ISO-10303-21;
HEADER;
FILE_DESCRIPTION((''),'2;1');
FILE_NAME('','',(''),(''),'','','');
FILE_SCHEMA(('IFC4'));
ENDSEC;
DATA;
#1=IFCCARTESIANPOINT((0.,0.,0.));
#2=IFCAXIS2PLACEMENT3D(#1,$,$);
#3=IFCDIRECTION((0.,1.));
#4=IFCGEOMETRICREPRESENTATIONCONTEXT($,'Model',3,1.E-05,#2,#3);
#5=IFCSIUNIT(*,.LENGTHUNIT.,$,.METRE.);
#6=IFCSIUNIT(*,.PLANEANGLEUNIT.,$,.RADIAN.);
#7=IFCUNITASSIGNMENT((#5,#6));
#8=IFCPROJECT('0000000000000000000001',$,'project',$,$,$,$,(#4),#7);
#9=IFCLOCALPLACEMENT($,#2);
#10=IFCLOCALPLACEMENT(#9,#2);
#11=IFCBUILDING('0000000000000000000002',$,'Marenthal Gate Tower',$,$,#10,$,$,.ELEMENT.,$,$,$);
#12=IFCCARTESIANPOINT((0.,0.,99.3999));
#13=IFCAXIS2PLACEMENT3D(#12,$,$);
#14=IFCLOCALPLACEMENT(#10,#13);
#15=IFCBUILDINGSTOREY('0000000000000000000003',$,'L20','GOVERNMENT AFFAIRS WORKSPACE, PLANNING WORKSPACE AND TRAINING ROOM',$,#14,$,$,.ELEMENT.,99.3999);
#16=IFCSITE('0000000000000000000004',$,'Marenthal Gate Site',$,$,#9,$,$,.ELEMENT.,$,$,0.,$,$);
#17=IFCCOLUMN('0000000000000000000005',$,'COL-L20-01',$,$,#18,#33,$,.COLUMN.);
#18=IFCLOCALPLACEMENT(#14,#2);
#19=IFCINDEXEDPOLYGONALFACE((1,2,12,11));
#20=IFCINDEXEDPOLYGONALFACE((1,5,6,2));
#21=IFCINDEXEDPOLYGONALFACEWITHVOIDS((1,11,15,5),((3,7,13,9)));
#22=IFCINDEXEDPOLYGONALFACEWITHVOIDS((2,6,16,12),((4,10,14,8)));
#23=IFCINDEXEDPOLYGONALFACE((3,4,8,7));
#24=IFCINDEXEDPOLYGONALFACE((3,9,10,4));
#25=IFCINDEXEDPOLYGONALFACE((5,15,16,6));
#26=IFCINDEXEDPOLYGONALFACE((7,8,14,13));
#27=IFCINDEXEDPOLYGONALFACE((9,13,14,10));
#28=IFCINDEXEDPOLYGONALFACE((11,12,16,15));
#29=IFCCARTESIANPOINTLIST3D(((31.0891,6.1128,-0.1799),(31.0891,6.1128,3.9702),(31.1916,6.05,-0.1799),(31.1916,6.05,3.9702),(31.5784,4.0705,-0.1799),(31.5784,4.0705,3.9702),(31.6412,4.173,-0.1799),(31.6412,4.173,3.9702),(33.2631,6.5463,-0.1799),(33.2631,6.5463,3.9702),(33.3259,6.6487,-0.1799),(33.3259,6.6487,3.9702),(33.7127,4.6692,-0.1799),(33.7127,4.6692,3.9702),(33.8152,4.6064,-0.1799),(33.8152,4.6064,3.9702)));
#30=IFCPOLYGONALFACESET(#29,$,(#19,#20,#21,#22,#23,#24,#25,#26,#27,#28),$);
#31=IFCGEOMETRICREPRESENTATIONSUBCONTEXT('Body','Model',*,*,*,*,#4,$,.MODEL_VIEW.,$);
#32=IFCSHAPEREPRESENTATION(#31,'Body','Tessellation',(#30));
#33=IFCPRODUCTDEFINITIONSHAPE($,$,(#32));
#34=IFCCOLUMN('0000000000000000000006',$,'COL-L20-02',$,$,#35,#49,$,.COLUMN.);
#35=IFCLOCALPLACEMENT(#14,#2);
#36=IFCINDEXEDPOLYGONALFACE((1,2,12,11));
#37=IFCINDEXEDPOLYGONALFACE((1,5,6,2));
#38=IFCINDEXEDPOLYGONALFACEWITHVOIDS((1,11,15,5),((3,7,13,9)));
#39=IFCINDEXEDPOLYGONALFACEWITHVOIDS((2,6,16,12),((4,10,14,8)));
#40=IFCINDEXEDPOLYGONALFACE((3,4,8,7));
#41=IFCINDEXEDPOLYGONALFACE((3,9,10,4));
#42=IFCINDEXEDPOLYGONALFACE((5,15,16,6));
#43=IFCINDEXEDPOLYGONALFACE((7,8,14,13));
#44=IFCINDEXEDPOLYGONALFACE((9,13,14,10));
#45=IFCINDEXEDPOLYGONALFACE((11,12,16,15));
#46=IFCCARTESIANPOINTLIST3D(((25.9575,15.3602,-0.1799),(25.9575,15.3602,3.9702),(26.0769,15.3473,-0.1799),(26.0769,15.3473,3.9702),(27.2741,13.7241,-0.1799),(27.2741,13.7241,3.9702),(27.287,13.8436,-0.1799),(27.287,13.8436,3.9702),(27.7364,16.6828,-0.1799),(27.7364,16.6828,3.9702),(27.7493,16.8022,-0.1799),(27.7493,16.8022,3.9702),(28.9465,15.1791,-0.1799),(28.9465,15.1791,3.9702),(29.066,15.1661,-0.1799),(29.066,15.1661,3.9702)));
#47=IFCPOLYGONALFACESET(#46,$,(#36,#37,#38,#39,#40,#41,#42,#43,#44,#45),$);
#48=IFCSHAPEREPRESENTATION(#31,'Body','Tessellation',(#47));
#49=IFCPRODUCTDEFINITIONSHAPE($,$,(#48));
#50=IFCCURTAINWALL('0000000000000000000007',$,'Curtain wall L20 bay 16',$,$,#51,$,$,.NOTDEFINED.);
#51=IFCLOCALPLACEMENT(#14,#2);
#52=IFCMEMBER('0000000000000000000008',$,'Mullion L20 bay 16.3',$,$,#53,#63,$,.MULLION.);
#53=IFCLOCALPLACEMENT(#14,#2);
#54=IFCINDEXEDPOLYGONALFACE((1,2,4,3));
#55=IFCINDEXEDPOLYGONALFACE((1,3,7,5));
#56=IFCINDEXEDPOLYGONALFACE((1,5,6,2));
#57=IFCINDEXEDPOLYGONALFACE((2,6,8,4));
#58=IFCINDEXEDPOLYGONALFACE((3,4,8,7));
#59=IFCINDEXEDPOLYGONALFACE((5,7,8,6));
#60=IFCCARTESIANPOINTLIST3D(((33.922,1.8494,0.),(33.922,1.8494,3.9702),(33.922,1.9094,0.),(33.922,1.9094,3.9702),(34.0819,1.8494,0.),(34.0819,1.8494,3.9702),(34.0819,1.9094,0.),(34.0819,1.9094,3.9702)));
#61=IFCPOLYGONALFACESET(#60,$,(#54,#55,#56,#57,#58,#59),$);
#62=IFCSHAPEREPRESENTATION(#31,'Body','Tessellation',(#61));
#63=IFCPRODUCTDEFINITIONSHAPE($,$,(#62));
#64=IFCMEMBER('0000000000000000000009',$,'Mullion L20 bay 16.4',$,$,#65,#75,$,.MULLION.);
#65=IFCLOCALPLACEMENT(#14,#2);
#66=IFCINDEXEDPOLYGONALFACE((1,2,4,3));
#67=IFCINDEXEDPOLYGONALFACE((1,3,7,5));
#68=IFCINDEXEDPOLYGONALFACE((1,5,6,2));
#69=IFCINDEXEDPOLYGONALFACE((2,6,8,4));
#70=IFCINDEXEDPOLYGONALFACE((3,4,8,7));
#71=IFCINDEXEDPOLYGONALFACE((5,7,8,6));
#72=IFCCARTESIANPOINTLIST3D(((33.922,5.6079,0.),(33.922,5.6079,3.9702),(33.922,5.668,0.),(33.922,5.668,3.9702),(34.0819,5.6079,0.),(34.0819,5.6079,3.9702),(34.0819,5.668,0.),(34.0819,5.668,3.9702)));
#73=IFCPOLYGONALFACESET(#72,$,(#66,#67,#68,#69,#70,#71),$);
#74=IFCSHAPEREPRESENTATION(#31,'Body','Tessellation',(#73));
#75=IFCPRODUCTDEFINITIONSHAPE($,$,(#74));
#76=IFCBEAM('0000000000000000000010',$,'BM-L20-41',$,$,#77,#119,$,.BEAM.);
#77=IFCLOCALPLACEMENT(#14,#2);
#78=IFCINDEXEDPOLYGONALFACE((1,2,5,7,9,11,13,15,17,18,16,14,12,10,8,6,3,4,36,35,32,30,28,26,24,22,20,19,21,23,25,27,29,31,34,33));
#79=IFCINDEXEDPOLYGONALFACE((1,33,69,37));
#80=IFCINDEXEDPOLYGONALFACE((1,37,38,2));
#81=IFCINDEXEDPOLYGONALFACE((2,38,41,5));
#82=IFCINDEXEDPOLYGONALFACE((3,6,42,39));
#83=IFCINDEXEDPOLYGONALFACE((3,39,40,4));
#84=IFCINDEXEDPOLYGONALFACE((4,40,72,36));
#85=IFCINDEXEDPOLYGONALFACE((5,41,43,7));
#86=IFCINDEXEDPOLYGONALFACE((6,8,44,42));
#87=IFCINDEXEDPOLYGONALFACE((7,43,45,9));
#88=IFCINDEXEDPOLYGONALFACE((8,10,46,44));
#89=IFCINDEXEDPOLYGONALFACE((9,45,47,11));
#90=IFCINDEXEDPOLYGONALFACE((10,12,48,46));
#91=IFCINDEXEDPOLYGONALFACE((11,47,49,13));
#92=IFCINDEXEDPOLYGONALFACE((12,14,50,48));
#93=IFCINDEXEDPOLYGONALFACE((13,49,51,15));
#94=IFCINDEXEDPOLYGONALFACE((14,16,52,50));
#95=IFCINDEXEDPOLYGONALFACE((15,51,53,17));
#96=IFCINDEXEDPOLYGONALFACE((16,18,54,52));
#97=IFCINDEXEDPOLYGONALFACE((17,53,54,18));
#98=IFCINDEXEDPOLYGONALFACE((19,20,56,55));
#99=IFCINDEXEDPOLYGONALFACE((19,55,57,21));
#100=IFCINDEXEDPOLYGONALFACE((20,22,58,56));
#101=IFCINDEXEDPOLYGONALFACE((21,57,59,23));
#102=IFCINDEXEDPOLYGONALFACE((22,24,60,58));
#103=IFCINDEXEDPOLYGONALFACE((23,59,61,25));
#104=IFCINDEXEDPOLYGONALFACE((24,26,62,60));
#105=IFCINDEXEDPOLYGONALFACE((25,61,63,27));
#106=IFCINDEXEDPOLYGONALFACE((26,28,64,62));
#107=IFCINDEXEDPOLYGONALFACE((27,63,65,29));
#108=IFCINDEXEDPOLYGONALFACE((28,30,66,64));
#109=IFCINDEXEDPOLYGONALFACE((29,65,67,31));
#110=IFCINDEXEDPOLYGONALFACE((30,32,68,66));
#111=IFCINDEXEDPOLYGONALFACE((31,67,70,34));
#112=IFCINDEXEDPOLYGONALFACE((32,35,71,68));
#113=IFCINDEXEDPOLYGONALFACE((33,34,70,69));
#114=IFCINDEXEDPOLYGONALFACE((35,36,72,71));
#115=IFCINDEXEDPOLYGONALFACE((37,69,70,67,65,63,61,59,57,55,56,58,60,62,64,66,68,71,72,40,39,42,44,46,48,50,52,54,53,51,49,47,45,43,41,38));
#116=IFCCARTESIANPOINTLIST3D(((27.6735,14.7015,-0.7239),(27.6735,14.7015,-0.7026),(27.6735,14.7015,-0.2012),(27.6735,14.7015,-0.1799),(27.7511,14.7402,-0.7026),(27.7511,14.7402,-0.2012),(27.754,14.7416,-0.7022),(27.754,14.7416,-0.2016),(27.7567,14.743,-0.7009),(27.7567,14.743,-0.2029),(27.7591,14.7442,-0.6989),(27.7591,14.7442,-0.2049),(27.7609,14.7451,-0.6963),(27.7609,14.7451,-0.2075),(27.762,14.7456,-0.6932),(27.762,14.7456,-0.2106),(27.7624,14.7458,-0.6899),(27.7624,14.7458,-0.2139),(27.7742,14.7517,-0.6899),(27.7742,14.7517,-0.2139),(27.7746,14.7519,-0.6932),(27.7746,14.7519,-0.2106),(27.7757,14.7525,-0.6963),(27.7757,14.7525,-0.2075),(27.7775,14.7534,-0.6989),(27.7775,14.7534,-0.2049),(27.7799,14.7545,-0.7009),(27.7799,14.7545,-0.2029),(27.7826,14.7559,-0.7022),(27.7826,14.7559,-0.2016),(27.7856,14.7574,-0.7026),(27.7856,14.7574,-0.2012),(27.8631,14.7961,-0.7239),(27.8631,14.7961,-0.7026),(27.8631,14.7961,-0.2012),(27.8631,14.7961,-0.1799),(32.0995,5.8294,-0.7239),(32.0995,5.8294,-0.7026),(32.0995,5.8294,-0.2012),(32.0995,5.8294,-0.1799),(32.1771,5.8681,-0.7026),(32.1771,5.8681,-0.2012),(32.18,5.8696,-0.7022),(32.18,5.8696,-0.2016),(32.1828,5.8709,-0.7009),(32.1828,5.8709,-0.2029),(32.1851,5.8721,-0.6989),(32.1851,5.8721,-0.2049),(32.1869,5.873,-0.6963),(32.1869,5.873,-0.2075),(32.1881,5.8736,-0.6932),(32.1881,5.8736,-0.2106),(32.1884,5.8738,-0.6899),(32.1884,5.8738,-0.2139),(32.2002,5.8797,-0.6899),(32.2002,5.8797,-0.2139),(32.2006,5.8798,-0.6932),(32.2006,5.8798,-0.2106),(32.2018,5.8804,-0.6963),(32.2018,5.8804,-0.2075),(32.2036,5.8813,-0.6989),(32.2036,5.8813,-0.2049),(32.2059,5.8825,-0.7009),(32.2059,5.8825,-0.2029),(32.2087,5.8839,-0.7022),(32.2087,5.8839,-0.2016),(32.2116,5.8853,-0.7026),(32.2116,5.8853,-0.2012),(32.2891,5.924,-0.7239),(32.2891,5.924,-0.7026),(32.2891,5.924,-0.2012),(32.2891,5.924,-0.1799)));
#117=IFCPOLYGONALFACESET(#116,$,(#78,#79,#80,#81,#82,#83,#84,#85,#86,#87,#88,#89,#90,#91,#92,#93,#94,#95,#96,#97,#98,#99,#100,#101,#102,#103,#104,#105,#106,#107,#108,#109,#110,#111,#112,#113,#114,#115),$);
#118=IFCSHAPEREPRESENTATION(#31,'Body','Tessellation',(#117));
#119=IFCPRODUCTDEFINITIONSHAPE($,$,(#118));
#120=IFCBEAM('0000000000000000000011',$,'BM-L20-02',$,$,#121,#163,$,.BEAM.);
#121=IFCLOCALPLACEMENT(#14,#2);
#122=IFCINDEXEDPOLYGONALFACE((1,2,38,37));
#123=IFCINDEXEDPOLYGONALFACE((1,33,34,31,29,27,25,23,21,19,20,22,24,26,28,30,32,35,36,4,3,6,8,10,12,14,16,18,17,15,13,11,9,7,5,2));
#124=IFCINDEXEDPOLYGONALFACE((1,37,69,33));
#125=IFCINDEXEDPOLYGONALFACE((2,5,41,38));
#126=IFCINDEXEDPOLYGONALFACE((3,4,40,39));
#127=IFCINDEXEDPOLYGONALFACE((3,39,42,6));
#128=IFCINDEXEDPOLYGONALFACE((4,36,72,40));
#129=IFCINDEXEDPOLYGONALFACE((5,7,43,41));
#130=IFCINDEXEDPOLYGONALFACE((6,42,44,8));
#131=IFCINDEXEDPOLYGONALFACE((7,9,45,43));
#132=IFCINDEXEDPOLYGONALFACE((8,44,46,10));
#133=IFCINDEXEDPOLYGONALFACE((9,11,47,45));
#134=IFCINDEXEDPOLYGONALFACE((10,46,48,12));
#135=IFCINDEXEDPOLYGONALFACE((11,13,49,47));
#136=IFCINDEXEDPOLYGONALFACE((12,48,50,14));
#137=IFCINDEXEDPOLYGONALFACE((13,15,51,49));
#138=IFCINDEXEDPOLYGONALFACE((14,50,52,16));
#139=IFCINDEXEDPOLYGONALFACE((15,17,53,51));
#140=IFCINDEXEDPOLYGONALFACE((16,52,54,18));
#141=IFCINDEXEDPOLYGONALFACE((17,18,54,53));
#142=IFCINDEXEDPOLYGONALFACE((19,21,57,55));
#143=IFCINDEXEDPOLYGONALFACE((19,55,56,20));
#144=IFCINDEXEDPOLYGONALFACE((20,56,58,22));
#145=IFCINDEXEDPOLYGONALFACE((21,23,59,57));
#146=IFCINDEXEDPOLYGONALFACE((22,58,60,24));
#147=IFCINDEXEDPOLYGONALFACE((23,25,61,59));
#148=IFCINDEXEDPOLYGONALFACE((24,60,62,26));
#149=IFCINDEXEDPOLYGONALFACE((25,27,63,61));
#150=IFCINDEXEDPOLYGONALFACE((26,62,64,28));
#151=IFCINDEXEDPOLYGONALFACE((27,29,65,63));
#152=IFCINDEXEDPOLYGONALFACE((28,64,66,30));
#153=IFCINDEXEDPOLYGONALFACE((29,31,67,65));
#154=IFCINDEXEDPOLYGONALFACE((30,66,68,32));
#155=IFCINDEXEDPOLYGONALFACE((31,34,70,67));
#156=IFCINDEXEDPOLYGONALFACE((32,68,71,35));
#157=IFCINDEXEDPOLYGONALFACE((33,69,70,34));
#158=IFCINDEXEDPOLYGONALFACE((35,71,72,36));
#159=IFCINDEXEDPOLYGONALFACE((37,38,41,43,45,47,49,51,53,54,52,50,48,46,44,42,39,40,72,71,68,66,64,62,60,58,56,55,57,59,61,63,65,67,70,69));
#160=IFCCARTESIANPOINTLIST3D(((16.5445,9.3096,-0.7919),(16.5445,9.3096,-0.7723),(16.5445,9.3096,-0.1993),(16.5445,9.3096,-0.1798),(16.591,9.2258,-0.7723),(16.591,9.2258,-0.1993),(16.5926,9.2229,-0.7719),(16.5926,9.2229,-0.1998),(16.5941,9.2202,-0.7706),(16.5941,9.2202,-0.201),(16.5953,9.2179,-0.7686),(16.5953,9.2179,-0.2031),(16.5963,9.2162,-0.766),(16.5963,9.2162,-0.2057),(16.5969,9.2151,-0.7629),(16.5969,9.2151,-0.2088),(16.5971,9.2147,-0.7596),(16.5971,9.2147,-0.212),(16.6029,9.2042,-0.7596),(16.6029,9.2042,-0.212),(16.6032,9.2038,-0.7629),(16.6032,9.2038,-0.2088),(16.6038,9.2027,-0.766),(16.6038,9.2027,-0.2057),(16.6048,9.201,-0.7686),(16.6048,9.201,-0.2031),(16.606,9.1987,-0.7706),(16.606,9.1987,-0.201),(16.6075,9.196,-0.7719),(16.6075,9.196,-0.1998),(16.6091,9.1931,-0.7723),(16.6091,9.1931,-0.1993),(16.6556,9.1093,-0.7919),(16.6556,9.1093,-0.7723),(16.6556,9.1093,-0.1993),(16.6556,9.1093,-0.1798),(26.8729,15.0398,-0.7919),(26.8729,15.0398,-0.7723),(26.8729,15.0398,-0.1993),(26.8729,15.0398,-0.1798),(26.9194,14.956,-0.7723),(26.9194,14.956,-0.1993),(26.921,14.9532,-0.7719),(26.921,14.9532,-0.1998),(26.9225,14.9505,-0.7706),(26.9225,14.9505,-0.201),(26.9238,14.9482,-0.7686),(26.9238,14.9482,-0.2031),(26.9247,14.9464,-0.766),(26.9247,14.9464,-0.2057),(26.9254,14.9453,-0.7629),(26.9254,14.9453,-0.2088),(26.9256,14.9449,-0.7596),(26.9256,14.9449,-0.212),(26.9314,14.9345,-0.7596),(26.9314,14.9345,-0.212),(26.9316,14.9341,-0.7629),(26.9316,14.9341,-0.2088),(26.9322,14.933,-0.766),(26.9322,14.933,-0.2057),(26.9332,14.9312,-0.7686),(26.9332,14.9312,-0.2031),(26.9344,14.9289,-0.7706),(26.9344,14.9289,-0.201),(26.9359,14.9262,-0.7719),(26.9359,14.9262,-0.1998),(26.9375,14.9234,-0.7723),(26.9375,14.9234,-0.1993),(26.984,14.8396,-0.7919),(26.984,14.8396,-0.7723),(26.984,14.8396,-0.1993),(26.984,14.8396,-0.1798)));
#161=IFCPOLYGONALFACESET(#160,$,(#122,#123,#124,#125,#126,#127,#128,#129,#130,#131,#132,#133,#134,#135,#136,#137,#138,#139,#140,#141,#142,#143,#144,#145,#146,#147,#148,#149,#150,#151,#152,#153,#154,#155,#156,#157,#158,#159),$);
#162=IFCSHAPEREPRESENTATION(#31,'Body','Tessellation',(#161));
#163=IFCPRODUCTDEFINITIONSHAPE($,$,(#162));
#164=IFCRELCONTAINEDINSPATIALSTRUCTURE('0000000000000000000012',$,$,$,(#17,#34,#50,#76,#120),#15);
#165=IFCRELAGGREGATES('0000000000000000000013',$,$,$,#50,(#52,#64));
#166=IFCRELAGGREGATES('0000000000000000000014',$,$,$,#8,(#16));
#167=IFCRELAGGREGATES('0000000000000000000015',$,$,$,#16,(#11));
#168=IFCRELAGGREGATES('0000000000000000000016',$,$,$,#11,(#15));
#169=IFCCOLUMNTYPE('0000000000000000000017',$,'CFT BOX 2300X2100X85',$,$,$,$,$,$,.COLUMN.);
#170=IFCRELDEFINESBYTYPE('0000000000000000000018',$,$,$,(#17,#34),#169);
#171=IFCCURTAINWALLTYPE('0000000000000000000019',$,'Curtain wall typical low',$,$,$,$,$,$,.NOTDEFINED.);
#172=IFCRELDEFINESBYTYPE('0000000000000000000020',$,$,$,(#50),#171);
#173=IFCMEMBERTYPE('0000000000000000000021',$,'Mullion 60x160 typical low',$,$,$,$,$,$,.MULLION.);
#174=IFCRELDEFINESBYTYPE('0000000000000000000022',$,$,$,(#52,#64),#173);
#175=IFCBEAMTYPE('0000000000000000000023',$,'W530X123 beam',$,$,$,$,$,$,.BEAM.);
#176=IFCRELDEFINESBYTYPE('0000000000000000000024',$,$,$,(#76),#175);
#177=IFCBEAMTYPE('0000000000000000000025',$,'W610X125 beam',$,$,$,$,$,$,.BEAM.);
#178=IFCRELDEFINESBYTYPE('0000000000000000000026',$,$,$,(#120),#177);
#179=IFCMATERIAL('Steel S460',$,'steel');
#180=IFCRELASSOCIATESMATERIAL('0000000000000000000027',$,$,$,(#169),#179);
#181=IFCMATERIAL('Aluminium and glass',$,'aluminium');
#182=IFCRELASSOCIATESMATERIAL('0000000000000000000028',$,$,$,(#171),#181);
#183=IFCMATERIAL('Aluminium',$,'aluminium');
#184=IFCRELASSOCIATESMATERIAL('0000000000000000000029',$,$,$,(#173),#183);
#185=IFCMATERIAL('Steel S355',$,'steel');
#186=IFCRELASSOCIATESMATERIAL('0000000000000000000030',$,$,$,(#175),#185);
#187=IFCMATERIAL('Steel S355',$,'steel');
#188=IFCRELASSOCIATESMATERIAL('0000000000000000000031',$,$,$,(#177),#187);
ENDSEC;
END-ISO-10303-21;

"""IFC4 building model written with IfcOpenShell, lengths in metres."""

from ifc_helpers import new_model, si_unit, direction, frame, origin, origin_2d, place, context, subcontext, project, spatial, rectangle, hollow_rectangle, i_section, extrude, material, material_profile, profile_set, type_object, element, aggregate, save


model = new_model("IFC4")

# Units and contexts
model_context = context("Model", 3, precision=1e-05, world=origin(), true_north=direction((0.0, 1.0)))
body_context = subcontext(model_context, "Body", "Model", "MODEL_VIEW")
ifc_project = project(units=[si_unit("LENGTHUNIT", "METRE"), si_unit("PLANEANGLEUNIT", "RADIAN")], contexts=[model_context])

# Site, building, storey
site_placement = place(None, origin())
site = spatial("IfcSite", under=ifc_project, at=site_placement, Name="Marenthal Gate Site", CompositionType="ELEMENT", RefElevation=0.0)
building_placement = place(site_placement, origin())
building = spatial("IfcBuilding", under=site, at=building_placement, Name="Marenthal Gate Tower", CompositionType="ELEMENT")
storey_placement = place(building_placement, frame((0.0, 0.0, 99.3999)))
storey = spatial("IfcBuildingStorey", under=building, at=storey_placement, Name="L20", Description="GOVERNMENT AFFAIRS WORKSPACE, PLANNING WORKSPACE AND TRAINING ROOM", CompositionType="ELEMENT", Elevation=99.3999)

# Columns
ifc_material_1 = material(Name="Steel S460", Category="steel")
ifc_material_profile_1 = material_profile(ifc_material_1, hollow_rectangle(XDim=2.1001, YDim=2.3, WallThickness=0.085, at=origin_2d()), Name="CFT BOX 2300X2100X85")
ifc_material_2 = material(Name="Concrete 70 MPa", Category="concrete")
ifc_material_profile_2 = material_profile(ifc_material_2, rectangle(XDim=1.9299, YDim=2.1299, at=origin_2d()), Name="CFT BOX 2300X2100X85 INFILL")
ifc_profile_set_1 = profile_set([ifc_material_profile_1, ifc_material_profile_2], Name="Steel S460 shell, Concrete 70 MPa infill")
column_type = type_object("IfcColumnType", Name="CFT BOX 2300X2100X85", PredefinedType="COLUMN", material=ifc_profile_set_1)
for number, where, z_axis, x_axis, name in (
    (1, (32.4521, 5.3596, -0.1799), (0.0, 0.0, 1.0), (0.232974, -0.972483, 0.0), "COL-L20-01"),
    (2, (27.5117, 15.2632, -0.1799), (0.0, 0.0, 1.0), (0.626945, -0.779063, 0.0), "COL-L20-02"),
):
    element("IfcColumn", number, at=place(storey_placement, frame(where, z_axis=z_axis, x_axis=x_axis)), inside=storey, type_object=column_type, Name=name, PredefinedType="COLUMN", context=body_context, shape_type="SweptSolid", body=[
        extrude(hollow_rectangle(XDim=2.1001, YDim=2.3, WallThickness=0.085, at=origin_2d()), origin(), (0.0, 0.0, 1.0), 4.1501),
    ])

# Curtain wall, members
ifc_material_3 = material(Name="Aluminium and glass", Category="aluminium")
curtain_wall_type = type_object("IfcCurtainWallType", Name="Curtain wall typical low", PredefinedType="NOTDEFINED", material=ifc_material_3)
curtain_wall_placement = place(storey_placement, origin())
curtain_wall = element("IfcCurtainWall", 3, at=curtain_wall_placement, inside=storey, type_object=curtain_wall_type, Name="Curtain wall L20 bay 16", PredefinedType="NOTDEFINED")
ifc_material_4 = material(Name="Aluminium", Category="aluminium")
ifc_material_profile_3 = material_profile(ifc_material_4, rectangle(XDim=0.1599, YDim=0.0601, at=origin_2d()), Name="60x160 aluminium mullion")
ifc_profile_set_2 = profile_set([ifc_material_profile_3], Name="Aluminium")
member_type = type_object("IfcMemberType", Name="Mullion 60x160 typical low", PredefinedType="MULLION", material=ifc_profile_set_2)
member_1_placement = place(storey_placement, frame((34.002, 1.8794, 0.0), z_axis=(0.0, 0.0, 1.0), x_axis=(-1.0, 0.0, 0.0)))
member_1 = element("IfcMember", 4, at=member_1_placement, type_object=member_type, Name="Mullion L20 bay 16.3", PredefinedType="MULLION", context=body_context, shape_type="SweptSolid", body=[
    extrude(rectangle(XDim=0.1599, YDim=0.0601, at=origin_2d()), origin(), (0.0, 0.0, 1.0), 3.9702),
])
member_2_placement = place(storey_placement, frame((34.002, 5.6379, 0.0), z_axis=(0.0, 0.0, 1.0), x_axis=(-1.0, 0.0, 0.0)))
member_2 = element("IfcMember", 5, at=member_2_placement, type_object=member_type, Name="Mullion L20 bay 16.4", PredefinedType="MULLION", context=body_context, shape_type="SweptSolid", body=[
    extrude(rectangle(XDim=0.1599, YDim=0.0601, at=origin_2d()), origin(), (0.0, 0.0, 1.0), 3.9702),
])

# Beams
ifc_material_5 = material(Name="Steel S355", Category="steel")
ifc_material_profile_4 = material_profile(ifc_material_5, i_section(OverallWidth=0.2119, OverallDepth=0.5439, WebThickness=0.0132, FlangeThickness=0.0212, FilletRadius=0.0127, at=origin_2d()), Name="W530X123")
ifc_profile_set_3 = profile_set([ifc_material_profile_4], Name="Steel S355")
beam_type_1 = type_object("IfcBeamType", Name="W530X123 beam", PredefinedType="BEAM", material=ifc_profile_set_3)
beam_1_placement = place(storey_placement, frame((32.1943, 5.8767, -0.4519), z_axis=(-0.446406, 0.894831, 0.0), x_axis=(-0.894831, -0.446406, 0.0)))
element("IfcBeam", 6, at=beam_1_placement, inside=storey, type_object=beam_type_1, Name="BM-L20-41", PredefinedType="BEAM", context=body_context, shape_type="SweptSolid", body=[
    extrude(i_section(OverallWidth=0.2119, OverallDepth=0.5439, WebThickness=0.0132, FlangeThickness=0.0212, FilletRadius=0.0127, at=origin_2d()), origin(), (0.0, 0.0, 1.0), 9.9148),
])
ifc_material_6 = material(Name="Steel S355", Category="steel")
ifc_material_profile_5 = material_profile(ifc_material_6, i_section(OverallWidth=0.229, OverallDepth=0.6121, WebThickness=0.012, FlangeThickness=0.0195, FilletRadius=0.0127, at=origin_2d()), Name="W610X125")
ifc_profile_set_4 = profile_set([ifc_material_profile_5], Name="Steel S355")
beam_type_2 = type_object("IfcBeamType", Name="W610X125 beam", PredefinedType="BEAM", material=ifc_profile_set_4)
beam_2_placement = place(storey_placement, frame((26.9285, 14.9397, -0.4858), z_axis=(-0.874436, -0.485141, 0.0), x_axis=(0.485141, -0.874436, 0.0)))
element("IfcBeam", 7, at=beam_2_placement, inside=storey, type_object=beam_type_2, Name="BM-L20-02", PredefinedType="BEAM", context=body_context, shape_type="SweptSolid", body=[
    extrude(i_section(OverallWidth=0.229, OverallDepth=0.6121, WebThickness=0.012, FlangeThickness=0.0195, FilletRadius=0.0127, at=origin_2d()), origin(), (0.0, 0.0, 1.0), 11.8115),
])

aggregate(curtain_wall, [member_1, member_2])

save(model, "model.ifc")
